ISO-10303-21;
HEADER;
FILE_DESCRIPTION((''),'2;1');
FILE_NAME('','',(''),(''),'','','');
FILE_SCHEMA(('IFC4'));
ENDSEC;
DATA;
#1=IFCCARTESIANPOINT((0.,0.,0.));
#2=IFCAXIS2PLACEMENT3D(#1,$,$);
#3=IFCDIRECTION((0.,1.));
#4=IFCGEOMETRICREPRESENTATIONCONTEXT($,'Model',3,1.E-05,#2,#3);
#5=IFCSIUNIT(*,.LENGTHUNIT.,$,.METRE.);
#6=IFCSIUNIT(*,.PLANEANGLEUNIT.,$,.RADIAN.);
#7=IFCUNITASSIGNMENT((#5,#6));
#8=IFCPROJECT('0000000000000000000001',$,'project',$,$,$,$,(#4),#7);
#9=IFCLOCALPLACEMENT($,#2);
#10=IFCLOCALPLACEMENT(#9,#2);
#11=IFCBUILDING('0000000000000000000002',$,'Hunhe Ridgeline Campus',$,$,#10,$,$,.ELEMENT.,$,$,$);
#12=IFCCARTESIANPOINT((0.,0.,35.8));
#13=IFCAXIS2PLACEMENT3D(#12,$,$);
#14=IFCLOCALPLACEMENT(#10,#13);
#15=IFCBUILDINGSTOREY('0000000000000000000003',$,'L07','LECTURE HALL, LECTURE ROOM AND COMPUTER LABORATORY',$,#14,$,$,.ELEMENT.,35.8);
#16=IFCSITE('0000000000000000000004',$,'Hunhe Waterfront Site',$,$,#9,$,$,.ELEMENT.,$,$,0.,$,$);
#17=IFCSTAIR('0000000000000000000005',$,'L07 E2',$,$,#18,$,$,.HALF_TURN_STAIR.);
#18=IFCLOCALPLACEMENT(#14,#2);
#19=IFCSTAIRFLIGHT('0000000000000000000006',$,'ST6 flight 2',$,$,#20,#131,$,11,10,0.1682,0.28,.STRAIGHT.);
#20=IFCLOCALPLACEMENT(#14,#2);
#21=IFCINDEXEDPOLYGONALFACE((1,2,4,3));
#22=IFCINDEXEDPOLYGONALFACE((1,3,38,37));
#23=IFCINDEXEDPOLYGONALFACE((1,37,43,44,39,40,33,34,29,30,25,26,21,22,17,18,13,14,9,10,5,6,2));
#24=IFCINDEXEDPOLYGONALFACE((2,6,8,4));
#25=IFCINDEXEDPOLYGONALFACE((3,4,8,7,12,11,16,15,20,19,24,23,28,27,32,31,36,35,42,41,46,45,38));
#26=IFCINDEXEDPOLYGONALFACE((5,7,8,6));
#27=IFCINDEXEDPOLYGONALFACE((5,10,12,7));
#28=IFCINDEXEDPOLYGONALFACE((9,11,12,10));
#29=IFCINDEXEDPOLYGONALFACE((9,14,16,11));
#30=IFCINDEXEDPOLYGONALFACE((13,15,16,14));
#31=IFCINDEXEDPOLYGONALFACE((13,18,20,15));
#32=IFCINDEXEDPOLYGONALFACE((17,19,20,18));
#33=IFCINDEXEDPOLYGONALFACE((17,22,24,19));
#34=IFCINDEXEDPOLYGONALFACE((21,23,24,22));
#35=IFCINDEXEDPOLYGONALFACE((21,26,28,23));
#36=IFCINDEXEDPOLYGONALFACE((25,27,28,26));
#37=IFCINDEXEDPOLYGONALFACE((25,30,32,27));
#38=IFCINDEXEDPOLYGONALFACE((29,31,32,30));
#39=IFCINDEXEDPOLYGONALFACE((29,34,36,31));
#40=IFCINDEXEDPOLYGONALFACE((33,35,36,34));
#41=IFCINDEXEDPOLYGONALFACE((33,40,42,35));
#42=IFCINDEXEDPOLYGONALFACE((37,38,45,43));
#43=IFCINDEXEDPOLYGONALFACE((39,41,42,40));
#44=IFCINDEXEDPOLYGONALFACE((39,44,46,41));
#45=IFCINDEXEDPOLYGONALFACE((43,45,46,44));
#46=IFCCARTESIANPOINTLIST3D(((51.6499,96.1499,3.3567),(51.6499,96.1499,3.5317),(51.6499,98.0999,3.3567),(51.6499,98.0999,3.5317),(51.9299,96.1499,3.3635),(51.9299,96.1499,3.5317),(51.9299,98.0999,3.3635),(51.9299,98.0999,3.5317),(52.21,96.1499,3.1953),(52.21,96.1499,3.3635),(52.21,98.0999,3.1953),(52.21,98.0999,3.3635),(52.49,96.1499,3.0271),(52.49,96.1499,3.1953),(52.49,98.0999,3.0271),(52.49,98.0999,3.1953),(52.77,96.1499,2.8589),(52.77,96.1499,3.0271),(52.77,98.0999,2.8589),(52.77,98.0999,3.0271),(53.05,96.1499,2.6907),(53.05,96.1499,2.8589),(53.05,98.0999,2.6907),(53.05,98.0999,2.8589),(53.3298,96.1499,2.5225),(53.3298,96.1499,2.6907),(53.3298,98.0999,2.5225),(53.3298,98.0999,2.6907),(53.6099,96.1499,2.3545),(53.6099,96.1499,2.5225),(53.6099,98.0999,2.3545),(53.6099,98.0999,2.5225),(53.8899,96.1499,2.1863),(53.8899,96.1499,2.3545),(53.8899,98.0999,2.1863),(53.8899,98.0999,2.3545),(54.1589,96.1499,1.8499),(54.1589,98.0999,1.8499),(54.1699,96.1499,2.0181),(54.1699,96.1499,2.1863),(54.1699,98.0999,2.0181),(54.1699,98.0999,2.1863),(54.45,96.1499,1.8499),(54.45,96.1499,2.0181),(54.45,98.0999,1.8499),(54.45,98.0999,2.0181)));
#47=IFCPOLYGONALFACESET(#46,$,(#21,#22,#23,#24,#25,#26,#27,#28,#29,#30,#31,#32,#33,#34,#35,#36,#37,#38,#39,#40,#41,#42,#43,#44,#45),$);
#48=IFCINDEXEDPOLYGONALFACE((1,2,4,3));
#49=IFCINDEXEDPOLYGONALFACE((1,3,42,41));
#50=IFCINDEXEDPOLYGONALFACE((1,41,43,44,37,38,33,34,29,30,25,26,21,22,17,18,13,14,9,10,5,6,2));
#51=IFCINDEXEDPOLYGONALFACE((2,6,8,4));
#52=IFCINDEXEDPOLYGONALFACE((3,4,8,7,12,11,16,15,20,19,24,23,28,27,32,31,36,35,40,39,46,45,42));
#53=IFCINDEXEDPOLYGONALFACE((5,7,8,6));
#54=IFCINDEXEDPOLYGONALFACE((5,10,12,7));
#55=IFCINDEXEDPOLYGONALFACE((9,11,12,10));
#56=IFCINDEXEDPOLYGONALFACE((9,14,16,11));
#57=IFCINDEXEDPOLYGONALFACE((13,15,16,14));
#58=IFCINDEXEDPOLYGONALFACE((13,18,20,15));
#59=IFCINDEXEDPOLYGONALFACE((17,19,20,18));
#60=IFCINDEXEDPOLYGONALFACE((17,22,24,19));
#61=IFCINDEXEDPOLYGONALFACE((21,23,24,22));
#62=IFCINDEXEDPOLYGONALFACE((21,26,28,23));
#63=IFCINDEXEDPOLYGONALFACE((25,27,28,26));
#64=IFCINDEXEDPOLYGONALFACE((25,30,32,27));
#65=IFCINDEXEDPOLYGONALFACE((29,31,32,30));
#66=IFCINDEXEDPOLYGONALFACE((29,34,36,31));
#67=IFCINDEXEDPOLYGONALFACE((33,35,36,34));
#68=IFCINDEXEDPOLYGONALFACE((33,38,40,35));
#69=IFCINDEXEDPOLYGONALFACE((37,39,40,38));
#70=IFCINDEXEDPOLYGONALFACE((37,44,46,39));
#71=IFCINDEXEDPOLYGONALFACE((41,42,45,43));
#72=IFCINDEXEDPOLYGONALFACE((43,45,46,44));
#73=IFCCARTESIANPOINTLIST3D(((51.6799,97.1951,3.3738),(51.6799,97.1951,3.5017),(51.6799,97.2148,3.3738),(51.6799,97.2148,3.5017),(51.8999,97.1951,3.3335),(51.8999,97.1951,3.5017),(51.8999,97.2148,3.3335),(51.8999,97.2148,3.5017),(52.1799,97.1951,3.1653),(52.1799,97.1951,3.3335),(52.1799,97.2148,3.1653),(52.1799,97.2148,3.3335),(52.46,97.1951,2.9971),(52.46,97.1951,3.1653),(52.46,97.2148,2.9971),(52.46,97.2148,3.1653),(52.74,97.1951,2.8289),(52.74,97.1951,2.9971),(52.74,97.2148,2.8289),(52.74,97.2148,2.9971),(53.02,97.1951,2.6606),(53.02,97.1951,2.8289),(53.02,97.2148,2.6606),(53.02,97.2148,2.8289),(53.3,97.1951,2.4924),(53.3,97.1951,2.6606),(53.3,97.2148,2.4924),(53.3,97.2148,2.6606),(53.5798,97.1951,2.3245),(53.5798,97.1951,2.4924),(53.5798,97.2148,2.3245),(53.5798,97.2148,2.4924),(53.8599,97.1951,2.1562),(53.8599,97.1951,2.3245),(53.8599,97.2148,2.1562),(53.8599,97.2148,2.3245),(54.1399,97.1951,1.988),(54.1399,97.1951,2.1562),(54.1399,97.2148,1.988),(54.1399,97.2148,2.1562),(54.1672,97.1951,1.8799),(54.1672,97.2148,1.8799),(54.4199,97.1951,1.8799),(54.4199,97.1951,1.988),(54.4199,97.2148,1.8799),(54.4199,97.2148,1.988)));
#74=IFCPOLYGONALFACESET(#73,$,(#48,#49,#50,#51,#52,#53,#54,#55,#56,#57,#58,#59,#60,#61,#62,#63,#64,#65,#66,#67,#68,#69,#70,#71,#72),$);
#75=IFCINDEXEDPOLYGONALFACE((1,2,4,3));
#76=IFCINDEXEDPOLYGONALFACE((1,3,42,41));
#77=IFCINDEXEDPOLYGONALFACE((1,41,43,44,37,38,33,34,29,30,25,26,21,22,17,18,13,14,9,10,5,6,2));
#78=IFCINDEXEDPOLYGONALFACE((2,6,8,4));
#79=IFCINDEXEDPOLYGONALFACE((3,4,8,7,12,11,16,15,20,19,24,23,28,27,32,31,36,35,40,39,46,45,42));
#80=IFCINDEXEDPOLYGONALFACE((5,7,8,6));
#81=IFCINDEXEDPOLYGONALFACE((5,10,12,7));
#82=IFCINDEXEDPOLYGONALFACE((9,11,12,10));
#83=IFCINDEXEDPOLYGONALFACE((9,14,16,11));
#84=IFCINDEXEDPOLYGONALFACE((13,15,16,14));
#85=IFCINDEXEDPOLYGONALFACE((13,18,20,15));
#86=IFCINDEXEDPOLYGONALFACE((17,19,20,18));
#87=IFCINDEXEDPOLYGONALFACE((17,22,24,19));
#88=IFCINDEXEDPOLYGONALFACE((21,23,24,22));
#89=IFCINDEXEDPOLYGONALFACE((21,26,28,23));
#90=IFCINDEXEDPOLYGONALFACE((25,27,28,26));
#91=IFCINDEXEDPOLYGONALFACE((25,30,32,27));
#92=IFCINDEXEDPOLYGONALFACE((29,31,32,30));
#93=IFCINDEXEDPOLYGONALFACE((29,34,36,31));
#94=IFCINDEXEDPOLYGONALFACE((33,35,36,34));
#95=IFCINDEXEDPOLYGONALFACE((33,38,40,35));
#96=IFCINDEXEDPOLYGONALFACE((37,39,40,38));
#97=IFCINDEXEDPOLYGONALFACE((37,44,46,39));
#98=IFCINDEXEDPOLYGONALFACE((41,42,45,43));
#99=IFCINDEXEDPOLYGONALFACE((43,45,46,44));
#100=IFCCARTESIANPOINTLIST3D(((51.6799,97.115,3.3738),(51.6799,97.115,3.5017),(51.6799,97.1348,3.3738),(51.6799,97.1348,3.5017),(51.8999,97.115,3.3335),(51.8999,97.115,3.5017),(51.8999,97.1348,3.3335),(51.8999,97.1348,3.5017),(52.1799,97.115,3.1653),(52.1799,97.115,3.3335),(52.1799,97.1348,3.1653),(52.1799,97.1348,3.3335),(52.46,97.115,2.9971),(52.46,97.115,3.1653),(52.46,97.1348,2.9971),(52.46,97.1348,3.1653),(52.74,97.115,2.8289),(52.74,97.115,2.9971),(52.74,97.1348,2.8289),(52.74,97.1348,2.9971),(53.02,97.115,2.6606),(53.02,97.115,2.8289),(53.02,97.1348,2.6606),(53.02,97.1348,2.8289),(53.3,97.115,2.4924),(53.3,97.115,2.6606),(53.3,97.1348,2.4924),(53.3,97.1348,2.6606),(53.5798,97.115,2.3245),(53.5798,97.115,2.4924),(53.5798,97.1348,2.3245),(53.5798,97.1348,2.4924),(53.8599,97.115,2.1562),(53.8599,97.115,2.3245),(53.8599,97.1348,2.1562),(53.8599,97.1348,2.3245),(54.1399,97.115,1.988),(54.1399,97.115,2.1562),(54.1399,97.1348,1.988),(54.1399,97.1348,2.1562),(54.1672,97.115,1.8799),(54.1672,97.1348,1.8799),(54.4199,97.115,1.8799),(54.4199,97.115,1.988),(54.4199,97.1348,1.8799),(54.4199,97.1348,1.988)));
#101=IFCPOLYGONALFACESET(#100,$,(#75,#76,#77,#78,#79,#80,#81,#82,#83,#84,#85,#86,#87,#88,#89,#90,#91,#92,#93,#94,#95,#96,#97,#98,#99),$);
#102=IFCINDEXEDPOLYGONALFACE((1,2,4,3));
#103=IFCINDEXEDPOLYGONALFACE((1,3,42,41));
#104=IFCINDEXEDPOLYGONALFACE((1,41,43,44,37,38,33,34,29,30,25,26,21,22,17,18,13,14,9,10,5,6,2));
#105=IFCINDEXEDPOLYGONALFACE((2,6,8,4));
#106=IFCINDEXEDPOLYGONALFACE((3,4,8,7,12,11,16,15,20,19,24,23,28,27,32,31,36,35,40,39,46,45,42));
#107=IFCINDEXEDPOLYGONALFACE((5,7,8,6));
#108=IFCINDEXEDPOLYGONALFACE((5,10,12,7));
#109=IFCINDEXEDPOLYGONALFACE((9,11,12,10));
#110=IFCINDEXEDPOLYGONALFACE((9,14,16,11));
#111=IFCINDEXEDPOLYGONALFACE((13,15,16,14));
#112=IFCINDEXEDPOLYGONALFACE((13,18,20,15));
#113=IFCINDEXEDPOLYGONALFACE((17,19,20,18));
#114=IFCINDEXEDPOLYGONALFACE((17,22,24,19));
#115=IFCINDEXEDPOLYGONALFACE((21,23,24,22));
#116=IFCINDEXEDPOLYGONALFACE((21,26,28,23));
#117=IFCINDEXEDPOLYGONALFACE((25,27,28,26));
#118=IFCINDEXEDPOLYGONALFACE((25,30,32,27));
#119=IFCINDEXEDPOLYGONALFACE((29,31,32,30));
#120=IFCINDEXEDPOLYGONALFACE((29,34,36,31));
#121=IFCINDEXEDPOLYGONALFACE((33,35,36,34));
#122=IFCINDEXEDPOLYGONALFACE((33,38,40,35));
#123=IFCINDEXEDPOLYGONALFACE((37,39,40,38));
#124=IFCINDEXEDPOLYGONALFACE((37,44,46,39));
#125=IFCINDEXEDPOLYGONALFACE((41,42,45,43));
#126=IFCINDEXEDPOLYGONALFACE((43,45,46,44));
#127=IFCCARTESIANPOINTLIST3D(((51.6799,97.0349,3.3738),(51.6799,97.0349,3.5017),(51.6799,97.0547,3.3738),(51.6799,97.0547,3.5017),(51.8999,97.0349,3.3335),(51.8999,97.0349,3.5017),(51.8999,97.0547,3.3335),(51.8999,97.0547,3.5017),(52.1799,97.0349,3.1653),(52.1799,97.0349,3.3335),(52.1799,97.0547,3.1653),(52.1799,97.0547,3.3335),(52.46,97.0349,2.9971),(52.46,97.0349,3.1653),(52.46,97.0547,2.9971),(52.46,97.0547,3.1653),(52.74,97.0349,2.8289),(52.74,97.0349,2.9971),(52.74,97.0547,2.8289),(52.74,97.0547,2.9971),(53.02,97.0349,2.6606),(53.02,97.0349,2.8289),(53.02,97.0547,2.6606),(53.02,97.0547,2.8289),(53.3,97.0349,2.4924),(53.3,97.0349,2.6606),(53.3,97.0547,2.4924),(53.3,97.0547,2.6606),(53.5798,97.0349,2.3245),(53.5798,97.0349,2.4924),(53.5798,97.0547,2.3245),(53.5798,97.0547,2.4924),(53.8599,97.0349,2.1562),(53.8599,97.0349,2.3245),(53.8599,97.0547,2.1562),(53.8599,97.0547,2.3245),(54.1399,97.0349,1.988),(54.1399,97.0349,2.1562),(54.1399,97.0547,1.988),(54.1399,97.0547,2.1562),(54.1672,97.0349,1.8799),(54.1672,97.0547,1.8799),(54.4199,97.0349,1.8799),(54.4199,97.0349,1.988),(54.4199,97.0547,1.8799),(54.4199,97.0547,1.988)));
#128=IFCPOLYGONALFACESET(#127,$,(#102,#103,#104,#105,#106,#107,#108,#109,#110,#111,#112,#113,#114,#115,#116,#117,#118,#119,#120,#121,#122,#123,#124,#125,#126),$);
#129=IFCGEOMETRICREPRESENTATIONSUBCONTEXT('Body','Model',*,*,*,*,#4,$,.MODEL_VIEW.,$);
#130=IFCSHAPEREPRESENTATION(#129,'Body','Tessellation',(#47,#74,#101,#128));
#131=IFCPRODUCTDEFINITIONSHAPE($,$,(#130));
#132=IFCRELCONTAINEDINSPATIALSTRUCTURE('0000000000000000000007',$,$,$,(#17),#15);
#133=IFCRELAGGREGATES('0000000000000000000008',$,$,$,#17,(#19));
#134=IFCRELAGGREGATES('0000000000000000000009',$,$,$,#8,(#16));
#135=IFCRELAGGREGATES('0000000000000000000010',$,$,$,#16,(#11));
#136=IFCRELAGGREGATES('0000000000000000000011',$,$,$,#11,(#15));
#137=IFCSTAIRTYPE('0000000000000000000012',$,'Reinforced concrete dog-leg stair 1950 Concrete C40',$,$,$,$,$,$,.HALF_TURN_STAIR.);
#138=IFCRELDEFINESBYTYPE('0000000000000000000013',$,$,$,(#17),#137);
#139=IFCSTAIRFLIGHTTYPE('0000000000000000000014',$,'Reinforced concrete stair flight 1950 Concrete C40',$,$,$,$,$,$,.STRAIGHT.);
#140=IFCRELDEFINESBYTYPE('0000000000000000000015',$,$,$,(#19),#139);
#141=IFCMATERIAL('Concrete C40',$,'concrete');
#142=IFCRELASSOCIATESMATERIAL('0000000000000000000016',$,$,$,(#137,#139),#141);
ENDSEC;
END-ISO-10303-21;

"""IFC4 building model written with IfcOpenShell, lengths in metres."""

from ifc_helpers import new_model, si_unit, direction, frame, origin, place, context, subcontext, project, spatial, polyline, outline, extrude, material, type_object, element, aggregate, save


model = new_model("IFC4")

# Units and contexts
model_context = context("Model", 3, precision=1e-05, world=origin(), true_north=direction((0.0, 1.0)))
body_context = subcontext(model_context, "Body", "Model", "MODEL_VIEW")
ifc_project = project(units=[si_unit("LENGTHUNIT", "METRE"), si_unit("PLANEANGLEUNIT", "RADIAN")], contexts=[model_context])

# Site, building, storey
site_placement = place(None, origin())
site = spatial("IfcSite", under=ifc_project, at=site_placement, Name="Hunhe Waterfront Site", CompositionType="ELEMENT", RefElevation=0.0)
building_placement = place(site_placement, origin())
building = spatial("IfcBuilding", under=site, at=building_placement, Name="Hunhe Ridgeline Campus", CompositionType="ELEMENT")
storey_placement = place(building_placement, frame((0.0, 0.0, 35.8)))
storey = spatial("IfcBuildingStorey", under=building, at=storey_placement, Name="L07", Description="LECTURE HALL, LECTURE ROOM AND COMPUTER LABORATORY", CompositionType="ELEMENT", Elevation=35.8)

# Stair, stair flight
ifc_material_1 = material(Name="Concrete C40", Category="concrete")
stair_type = type_object("IfcStairType", Name="Reinforced concrete dog-leg stair 1950 Concrete C40", PredefinedType="HALF_TURN_STAIR", material=ifc_material_1)
stair_1_placement = place(storey_placement, origin())
stair_1 = element("IfcStair", 1, at=stair_1_placement, inside=storey, type_object=stair_type, Name="L07 E2", PredefinedType="HALF_TURN_STAIR")
stair_flight_type = type_object("IfcStairFlightType", Name="Reinforced concrete stair flight 1950 Concrete C40", PredefinedType="STRAIGHT", material=ifc_material_1)
stair_flight_1_placement = place(storey_placement, frame((54.45, 97.125, 1.8499), z_axis=(0.0, 0.0, 1.0), x_axis=(-1.0, 0.0, 0.0)))
stair_flight_1 = element("IfcStairFlight", 2, at=stair_flight_1_placement, type_object=stair_flight_type, Name="ST6 flight 2", NumberOfRisers=11, NumberOfTreads=10, PredefinedType="STRAIGHT", RiserHeight=0.1682, TreadLength=0.28, context=body_context, shape_type="SweptSolid", body=[
    extrude(outline(polyline([(0.0, 0.0), (0.0, 0.1682), (0.28, 0.1682), (0.28, 0.3364), (0.5601, 0.3364), (0.5601, 0.5046), (0.8401, 0.5046), (0.8401, 0.6726), (1.1201, 0.6726), (1.1201, 0.8408), (1.3999, 0.8408), (1.3999, 1.009), (1.6799, 1.009), (1.6799, 1.1772), (1.96, 1.1772), (1.96, 1.3455), (2.24, 1.3455), (2.24, 1.5137), (2.52, 1.5137), (2.52, 1.6819), (2.8, 1.6819), (2.8, 1.8501), (2.8, 1.5068), (0.291, 0.0), (0.0, 0.0)])), frame((0.0, 0.9751, 0.0), z_axis=(0.0, -1.0, 0.0), x_axis=(1.0, 0.0, 0.0)), (0.0, 0.0, 1.0), 1.95),
    extrude(outline(polyline([(0.03, 0.03), (0.03, 0.1382), (0.3101, 0.1382), (0.3101, 0.3064), (0.5901, 0.3064), (0.5901, 0.4746), (0.8701, 0.4746), (0.8701, 0.6426), (1.1499, 0.6426), (1.1499, 0.8108), (1.4299, 0.8108), (1.4299, 0.979), (1.71, 0.979), (1.71, 1.1472), (1.99, 1.1472), (1.99, 1.3154), (2.27, 1.3154), (2.27, 1.4836), (2.55, 1.4836), (2.55, 1.6519), (2.77, 1.6519), (2.77, 1.5239), (0.2827, 0.03), (0.03, 0.03)])), frame((0.0, -0.0701, 0.0), z_axis=(0.0, -1.0, 0.0), x_axis=(1.0, 0.0, 0.0)), (0.0, 0.0, 1.0), 0.0198),
    extrude(outline(polyline([(0.03, 0.03), (0.03, 0.1382), (0.3101, 0.1382), (0.3101, 0.3064), (0.5901, 0.3064), (0.5901, 0.4746), (0.8701, 0.4746), (0.8701, 0.6426), (1.1499, 0.6426), (1.1499, 0.8108), (1.4299, 0.8108), (1.4299, 0.979), (1.71, 0.979), (1.71, 1.1472), (1.99, 1.1472), (1.99, 1.3154), (2.27, 1.3154), (2.27, 1.4836), (2.55, 1.4836), (2.55, 1.6519), (2.77, 1.6519), (2.77, 1.5239), (0.2827, 0.03), (0.03, 0.03)])), frame((0.0, 0.01, 0.0), z_axis=(0.0, -1.0, 0.0), x_axis=(1.0, 0.0, 0.0)), (0.0, 0.0, 1.0), 0.0198),
    extrude(outline(polyline([(0.03, 0.03), (0.03, 0.1382), (0.3101, 0.1382), (0.3101, 0.3064), (0.5901, 0.3064), (0.5901, 0.4746), (0.8701, 0.4746), (0.8701, 0.6426), (1.1499, 0.6426), (1.1499, 0.8108), (1.4299, 0.8108), (1.4299, 0.979), (1.71, 0.979), (1.71, 1.1472), (1.99, 1.1472), (1.99, 1.3154), (2.27, 1.3154), (2.27, 1.4836), (2.55, 1.4836), (2.55, 1.6519), (2.77, 1.6519), (2.77, 1.5239), (0.2827, 0.03), (0.03, 0.03)])), frame((0.0, 0.0901, 0.0), z_axis=(0.0, -1.0, 0.0), x_axis=(1.0, 0.0, 0.0)), (0.0, 0.0, 1.0), 0.0198),
])
aggregate(stair_1, [stair_flight_1])

save(model, "model.ifc")
